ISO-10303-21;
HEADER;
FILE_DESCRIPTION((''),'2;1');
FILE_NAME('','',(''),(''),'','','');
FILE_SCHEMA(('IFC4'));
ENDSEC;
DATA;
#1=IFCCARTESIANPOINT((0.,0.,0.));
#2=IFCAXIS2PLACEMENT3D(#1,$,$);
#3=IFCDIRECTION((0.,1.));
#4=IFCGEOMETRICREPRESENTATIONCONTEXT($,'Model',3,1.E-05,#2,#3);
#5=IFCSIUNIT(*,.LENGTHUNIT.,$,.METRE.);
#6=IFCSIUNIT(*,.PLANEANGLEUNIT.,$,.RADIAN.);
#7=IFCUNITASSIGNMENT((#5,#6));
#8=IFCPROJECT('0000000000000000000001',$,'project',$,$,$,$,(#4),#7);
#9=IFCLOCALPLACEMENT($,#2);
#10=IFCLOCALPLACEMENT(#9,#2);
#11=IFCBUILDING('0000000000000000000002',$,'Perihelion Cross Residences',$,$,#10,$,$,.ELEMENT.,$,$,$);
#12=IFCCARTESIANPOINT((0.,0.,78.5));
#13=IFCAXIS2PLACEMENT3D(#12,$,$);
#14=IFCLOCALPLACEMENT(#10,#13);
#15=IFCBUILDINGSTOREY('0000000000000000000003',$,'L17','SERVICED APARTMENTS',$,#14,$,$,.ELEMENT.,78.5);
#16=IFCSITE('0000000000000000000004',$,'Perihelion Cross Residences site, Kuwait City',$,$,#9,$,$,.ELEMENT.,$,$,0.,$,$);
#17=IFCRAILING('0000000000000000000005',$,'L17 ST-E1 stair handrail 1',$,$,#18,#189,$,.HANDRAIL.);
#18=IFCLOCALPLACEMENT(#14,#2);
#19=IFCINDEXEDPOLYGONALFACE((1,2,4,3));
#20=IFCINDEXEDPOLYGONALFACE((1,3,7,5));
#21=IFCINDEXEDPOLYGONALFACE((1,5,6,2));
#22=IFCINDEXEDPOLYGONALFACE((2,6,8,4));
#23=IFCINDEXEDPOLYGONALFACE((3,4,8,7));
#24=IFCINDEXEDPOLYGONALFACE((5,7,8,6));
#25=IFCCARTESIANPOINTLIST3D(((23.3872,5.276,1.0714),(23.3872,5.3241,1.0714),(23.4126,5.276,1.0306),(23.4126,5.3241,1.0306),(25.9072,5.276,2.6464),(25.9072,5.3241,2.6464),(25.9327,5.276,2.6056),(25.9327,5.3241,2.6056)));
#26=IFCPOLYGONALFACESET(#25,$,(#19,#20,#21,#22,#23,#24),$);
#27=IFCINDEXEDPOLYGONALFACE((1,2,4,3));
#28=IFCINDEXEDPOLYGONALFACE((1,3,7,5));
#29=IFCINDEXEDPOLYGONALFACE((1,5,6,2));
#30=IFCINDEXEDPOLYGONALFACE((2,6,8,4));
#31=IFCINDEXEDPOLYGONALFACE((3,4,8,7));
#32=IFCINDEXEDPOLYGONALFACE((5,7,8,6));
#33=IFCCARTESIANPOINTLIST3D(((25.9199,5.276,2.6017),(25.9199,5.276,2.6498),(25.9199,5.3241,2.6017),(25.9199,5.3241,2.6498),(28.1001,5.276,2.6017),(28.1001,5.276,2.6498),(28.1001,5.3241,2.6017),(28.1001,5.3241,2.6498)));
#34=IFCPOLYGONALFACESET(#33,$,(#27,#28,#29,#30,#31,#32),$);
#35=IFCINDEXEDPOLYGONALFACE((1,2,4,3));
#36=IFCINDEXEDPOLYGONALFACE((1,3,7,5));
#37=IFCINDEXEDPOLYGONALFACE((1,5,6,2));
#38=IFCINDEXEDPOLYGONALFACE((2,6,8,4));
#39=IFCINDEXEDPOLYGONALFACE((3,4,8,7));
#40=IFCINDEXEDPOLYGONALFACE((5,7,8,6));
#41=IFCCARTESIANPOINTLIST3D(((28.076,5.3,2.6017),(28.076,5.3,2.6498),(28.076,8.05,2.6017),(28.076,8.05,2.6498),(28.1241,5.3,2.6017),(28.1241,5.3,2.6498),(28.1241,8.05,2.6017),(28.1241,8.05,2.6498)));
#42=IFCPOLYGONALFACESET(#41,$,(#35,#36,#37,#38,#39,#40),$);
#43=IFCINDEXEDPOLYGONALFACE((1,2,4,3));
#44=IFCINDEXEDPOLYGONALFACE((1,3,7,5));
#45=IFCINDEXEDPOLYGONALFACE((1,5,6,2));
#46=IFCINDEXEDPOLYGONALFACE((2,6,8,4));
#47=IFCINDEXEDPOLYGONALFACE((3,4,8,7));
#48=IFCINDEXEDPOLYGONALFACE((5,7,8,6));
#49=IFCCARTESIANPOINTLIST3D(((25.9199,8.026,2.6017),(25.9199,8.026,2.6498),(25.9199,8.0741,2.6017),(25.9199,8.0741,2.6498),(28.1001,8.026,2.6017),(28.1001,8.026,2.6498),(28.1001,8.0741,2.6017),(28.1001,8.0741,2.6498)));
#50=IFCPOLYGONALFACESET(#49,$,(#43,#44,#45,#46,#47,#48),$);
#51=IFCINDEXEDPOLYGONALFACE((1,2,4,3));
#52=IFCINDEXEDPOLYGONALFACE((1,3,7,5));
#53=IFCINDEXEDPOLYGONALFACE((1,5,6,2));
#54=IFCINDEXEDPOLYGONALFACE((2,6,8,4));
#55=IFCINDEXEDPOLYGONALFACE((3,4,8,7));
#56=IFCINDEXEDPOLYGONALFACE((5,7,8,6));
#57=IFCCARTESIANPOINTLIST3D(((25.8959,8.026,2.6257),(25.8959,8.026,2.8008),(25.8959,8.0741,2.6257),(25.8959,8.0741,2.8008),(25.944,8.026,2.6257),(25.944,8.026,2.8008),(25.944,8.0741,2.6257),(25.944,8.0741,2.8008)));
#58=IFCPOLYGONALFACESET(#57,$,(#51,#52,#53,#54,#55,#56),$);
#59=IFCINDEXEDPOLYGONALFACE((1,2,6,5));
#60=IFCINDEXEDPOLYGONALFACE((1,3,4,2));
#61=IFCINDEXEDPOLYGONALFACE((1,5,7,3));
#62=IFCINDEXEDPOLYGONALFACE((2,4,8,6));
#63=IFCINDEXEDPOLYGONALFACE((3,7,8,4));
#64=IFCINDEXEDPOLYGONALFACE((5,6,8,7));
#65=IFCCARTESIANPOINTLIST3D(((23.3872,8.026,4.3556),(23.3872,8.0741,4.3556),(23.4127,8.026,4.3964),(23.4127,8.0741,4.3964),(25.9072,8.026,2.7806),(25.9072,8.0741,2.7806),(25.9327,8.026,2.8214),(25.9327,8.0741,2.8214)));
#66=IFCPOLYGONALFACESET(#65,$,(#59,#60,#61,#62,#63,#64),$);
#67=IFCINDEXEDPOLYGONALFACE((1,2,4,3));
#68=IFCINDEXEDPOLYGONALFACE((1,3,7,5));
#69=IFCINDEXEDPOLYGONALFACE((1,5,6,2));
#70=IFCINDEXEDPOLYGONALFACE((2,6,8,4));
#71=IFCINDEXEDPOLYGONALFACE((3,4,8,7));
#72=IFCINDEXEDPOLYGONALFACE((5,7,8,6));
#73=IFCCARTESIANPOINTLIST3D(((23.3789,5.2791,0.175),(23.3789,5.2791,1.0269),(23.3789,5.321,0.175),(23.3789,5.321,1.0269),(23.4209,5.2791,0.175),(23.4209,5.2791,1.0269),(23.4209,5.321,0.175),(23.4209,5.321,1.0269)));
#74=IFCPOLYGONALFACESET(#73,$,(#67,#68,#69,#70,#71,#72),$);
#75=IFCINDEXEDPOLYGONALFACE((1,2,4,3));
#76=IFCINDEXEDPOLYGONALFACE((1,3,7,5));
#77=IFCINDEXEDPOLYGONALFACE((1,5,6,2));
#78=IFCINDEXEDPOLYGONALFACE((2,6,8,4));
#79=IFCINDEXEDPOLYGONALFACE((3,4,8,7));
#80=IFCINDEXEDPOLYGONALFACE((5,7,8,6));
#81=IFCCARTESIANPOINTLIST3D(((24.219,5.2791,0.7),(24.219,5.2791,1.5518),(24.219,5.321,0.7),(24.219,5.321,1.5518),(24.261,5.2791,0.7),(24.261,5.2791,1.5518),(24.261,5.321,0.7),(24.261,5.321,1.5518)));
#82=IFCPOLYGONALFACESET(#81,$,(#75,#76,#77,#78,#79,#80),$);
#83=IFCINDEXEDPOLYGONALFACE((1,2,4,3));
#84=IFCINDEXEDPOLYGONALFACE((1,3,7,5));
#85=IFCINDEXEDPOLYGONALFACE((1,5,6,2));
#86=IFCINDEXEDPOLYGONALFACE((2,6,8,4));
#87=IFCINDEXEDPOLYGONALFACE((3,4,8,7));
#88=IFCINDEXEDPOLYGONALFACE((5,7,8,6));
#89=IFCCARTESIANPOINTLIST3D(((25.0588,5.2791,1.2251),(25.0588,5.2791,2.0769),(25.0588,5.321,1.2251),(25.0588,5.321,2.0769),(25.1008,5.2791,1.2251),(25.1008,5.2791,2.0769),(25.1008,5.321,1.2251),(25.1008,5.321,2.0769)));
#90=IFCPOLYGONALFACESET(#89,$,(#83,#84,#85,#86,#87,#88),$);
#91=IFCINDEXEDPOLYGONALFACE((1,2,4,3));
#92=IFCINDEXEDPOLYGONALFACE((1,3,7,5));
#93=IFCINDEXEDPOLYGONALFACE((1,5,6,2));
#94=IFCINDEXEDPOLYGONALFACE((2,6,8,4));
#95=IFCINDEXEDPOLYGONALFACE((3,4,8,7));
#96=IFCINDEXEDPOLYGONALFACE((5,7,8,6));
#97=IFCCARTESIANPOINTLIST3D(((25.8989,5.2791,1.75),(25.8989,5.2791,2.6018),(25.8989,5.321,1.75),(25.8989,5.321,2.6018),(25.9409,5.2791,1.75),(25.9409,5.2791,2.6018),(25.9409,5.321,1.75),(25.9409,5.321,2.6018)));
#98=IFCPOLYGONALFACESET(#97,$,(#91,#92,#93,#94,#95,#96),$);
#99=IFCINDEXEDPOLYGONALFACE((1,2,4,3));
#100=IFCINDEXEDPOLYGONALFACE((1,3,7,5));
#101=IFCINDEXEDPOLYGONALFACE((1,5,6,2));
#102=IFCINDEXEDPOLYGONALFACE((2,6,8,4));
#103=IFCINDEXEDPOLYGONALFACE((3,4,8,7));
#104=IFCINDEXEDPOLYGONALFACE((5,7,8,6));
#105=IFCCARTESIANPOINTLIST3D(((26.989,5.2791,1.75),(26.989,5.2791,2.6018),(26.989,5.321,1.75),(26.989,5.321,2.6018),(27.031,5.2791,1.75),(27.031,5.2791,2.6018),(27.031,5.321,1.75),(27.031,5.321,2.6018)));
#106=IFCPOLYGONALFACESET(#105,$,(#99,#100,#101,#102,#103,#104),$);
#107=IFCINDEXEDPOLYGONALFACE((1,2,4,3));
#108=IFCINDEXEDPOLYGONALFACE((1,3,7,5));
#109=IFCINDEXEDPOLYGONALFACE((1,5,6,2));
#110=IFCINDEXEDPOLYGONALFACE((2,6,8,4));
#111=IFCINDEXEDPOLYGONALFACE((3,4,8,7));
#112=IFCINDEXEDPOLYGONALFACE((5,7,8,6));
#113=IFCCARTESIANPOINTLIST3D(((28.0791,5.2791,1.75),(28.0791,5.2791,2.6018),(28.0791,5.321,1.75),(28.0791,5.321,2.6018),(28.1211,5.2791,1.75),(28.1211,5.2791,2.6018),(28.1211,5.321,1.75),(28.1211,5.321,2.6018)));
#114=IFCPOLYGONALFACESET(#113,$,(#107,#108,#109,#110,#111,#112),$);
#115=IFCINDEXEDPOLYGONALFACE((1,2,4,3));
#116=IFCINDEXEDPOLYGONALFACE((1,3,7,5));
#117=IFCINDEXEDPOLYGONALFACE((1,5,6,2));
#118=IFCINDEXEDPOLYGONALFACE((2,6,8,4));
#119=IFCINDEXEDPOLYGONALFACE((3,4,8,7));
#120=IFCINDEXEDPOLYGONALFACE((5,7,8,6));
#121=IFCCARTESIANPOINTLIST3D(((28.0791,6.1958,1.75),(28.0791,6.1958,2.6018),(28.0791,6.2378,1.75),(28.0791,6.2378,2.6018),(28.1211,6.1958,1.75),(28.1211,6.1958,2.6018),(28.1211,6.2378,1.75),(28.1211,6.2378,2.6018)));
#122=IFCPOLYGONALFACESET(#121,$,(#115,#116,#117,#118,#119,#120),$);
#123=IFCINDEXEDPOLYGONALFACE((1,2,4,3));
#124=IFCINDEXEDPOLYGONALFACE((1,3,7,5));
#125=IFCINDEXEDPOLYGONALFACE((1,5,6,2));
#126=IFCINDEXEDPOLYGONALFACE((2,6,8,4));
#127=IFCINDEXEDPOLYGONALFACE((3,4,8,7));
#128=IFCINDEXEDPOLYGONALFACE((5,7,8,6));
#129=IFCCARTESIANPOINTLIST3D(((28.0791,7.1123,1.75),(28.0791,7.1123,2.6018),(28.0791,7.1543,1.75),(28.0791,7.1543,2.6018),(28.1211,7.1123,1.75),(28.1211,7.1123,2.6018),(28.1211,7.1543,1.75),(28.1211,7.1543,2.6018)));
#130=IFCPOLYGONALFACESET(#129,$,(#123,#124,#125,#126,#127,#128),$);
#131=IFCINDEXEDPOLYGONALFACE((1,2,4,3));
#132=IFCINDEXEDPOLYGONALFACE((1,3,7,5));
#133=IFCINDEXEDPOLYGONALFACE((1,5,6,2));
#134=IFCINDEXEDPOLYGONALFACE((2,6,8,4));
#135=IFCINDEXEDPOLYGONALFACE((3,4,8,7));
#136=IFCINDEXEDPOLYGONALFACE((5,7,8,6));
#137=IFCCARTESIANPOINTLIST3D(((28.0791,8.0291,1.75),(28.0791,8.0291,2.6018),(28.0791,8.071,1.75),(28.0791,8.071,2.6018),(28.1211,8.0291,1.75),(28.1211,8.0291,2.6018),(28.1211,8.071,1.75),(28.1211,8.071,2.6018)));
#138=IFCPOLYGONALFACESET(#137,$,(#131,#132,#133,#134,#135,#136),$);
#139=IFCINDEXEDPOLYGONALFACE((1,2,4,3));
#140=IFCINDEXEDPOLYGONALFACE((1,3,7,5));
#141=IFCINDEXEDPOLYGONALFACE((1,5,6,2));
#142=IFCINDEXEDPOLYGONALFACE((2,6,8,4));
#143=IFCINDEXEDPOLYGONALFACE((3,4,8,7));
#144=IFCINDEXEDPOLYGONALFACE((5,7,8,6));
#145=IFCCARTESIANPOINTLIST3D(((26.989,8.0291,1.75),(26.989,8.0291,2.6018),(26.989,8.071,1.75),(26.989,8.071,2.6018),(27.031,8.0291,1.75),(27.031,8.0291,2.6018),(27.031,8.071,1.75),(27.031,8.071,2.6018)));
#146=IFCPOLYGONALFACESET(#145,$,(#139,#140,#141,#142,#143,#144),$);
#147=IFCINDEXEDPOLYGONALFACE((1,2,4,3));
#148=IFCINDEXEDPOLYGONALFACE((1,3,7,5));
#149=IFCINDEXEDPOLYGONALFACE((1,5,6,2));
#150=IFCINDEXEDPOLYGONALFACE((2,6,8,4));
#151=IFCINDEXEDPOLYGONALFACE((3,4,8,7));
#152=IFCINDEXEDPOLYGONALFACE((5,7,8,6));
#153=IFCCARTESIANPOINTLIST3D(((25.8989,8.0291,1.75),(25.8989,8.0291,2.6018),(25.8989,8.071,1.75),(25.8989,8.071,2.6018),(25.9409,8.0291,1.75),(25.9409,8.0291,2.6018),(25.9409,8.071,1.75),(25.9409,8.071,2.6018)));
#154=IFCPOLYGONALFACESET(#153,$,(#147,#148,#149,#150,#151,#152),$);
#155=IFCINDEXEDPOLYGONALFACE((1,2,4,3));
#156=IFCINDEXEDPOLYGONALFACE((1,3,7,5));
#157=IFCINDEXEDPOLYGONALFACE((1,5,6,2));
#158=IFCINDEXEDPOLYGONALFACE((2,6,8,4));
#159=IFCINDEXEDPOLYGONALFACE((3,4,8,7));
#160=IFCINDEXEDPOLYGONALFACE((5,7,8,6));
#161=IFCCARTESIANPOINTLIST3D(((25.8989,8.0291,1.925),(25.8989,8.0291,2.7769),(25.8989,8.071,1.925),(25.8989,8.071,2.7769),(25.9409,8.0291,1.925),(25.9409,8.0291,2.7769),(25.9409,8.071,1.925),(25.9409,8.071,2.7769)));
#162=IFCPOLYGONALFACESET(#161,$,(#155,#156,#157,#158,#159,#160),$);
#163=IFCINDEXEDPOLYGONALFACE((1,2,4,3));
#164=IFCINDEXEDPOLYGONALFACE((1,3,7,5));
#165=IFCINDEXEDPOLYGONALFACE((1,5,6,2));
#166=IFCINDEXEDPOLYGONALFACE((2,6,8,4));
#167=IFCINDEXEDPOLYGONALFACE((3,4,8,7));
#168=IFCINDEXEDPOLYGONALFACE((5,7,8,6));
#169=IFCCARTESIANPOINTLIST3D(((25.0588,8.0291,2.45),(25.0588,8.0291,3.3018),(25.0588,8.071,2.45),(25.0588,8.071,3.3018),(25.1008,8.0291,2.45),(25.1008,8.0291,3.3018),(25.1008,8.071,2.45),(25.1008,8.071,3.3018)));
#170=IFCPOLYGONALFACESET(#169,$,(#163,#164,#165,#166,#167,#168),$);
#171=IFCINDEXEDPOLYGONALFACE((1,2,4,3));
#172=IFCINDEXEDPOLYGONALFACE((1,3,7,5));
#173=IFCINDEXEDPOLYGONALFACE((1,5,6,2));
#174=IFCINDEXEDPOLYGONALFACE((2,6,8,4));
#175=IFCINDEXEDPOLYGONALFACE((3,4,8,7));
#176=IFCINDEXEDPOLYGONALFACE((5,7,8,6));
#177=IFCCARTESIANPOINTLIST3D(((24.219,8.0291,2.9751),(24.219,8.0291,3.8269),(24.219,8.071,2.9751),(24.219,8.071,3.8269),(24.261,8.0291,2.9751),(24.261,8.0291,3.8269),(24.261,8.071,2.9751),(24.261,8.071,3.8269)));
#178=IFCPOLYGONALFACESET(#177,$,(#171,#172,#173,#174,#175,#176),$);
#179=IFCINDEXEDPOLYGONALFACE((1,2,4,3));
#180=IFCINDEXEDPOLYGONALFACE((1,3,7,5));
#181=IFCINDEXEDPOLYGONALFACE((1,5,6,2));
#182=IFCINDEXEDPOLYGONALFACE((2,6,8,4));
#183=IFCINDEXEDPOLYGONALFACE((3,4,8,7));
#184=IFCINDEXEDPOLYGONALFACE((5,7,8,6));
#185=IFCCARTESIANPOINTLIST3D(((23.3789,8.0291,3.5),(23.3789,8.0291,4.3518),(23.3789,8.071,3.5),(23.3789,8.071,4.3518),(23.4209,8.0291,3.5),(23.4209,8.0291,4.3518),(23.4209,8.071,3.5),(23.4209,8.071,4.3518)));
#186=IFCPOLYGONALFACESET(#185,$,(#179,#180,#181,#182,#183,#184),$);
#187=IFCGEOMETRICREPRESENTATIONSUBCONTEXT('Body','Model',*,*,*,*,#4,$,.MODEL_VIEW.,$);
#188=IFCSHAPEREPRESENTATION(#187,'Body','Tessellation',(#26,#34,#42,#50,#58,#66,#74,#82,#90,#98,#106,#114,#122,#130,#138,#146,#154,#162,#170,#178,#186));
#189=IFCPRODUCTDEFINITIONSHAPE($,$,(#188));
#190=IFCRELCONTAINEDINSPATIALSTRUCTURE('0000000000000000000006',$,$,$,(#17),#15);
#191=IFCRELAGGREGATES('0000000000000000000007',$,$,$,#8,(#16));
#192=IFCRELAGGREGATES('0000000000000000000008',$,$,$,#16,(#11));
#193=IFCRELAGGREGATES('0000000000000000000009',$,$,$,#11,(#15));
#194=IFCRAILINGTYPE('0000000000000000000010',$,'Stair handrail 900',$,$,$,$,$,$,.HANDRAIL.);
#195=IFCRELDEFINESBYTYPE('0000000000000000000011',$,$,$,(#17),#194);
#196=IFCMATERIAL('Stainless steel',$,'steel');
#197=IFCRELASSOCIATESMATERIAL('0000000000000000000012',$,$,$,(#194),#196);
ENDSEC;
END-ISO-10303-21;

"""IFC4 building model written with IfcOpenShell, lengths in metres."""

from ifc_helpers import new_model, si_unit, direction, frame, origin, origin_2d, place, context, subcontext, project, spatial, rectangle, extrude, material, type_object, element, save


model = new_model("IFC4")

# Units and contexts
model_context = context("Model", 3, precision=1e-05, world=origin(), true_north=direction((0.0, 1.0)))
body_context = subcontext(model_context, "Body", "Model", "MODEL_VIEW")
ifc_project = project(units=[si_unit("LENGTHUNIT", "METRE"), si_unit("PLANEANGLEUNIT", "RADIAN")], contexts=[model_context])

# Site, building, storey
site_placement = place(None, origin())
site = spatial("IfcSite", under=ifc_project, at=site_placement, Name="Perihelion Cross Residences site, Kuwait City", CompositionType="ELEMENT", RefElevation=0.0)
building_placement = place(site_placement, origin())
building = spatial("IfcBuilding", under=site, at=building_placement, Name="Perihelion Cross Residences", CompositionType="ELEMENT")
storey_placement = place(building_placement, frame((0.0, 0.0, 78.5)))
storey = spatial("IfcBuildingStorey", under=building, at=storey_placement, Name="L17", Description="SERVICED APARTMENTS", CompositionType="ELEMENT", Elevation=78.5)

# Railing
ifc_material_1 = material(Name="Stainless steel", Category="steel")
railing_type = type_object("IfcRailingType", Name="Stair handrail 900", PredefinedType="HANDRAIL", material=ifc_material_1)
railing_placement = place(storey_placement, frame((23.3999, 5.3, 0.175)))
element("IfcRailing", 1, at=railing_placement, inside=storey, type_object=railing_type, Name="L17 ST-E1 stair handrail 1", PredefinedType="HANDRAIL", context=body_context, shape_type="SweptSolid", body=[
    extrude(rectangle(XDim=0.0481, YDim=0.0481, at=origin_2d()), frame((0.0, 0.0, 0.876), z_axis=(0.848008, 0.0, 0.529984), x_axis=(0.0, 1.0, 0.0)), (0.0, 0.0, 1.0), 2.9717),
    extrude(rectangle(XDim=0.0481, YDim=0.0481, at=origin_2d()), frame((2.52, 0.0, 2.4507), z_axis=(1.0, 0.0, 0.0), x_axis=(0.0, 1.0, 0.0)), (0.0, 0.0, 1.0), 2.1802),
    extrude(rectangle(XDim=0.0481, YDim=0.0481, at=origin_2d()), frame((4.7002, 0.0, 2.4507), z_axis=(0.0, 1.0, 0.0), x_axis=(-1.0, 0.0, 0.0)), (0.0, 0.0, 1.0), 2.75),
    extrude(rectangle(XDim=0.0481, YDim=0.0481, at=origin_2d()), frame((4.7002, 2.75, 2.4507), z_axis=(-1.0, 0.0, 0.0), x_axis=(0.0, -1.0, 0.0)), (0.0, 0.0, 1.0), 2.1802),
    extrude(rectangle(XDim=0.0481, YDim=0.0481, at=origin_2d()), frame((2.52, 2.75, 2.4507), z_axis=(0.0, 0.0, 1.0), x_axis=(1.0, 0.0, 0.0)), (0.0, 0.0, 1.0), 0.175),
    extrude(rectangle(XDim=0.0481, YDim=0.0481, at=origin_2d()), frame((2.52, 2.75, 2.626), z_axis=(-0.848008, 0.0, 0.529984), x_axis=(0.0, -1.0, 0.0)), (0.0, 0.0, 1.0), 2.9717),
    extrude(rectangle(XDim=0.042, YDim=0.042, at=origin_2d()), origin(), (0.0, 0.0, 1.0), 0.8518),
    extrude(rectangle(XDim=0.042, YDim=0.042, at=origin_2d()), frame((0.8401, 0.0, 0.5249)), (0.0, 0.0, 1.0), 0.8518),
    extrude(rectangle(XDim=0.042, YDim=0.042, at=origin_2d()), frame((1.6799, 0.0, 1.05)), (0.0, 0.0, 1.0), 0.8518),
    extrude(rectangle(XDim=0.042, YDim=0.042, at=origin_2d()), frame((2.52, 0.0, 1.575)), (0.0, 0.0, 1.0), 0.8518),
    extrude(rectangle(XDim=0.042, YDim=0.042, at=origin_2d()), frame((3.6101, 0.0, 1.575)), (0.0, 0.0, 1.0), 0.8518),
    extrude(rectangle(XDim=0.042, YDim=0.042, at=origin_2d()), frame((4.7002, 0.0, 1.575)), (0.0, 0.0, 1.0), 0.8518),
    extrude(rectangle(XDim=0.042, YDim=0.042, at=origin_2d()), frame((4.7002, 0.9167, 1.575)), (0.0, 0.0, 1.0), 0.8518),
    extrude(rectangle(XDim=0.042, YDim=0.042, at=origin_2d()), frame((4.7002, 1.8333, 1.575)), (0.0, 0.0, 1.0), 0.8518),
    extrude(rectangle(XDim=0.042, YDim=0.042, at=origin_2d()), frame((4.7002, 2.75, 1.575)), (0.0, 0.0, 1.0), 0.8518),
    extrude(rectangle(XDim=0.042, YDim=0.042, at=origin_2d()), frame((3.6101, 2.75, 1.575)), (0.0, 0.0, 1.0), 0.8518),
    extrude(rectangle(XDim=0.042, YDim=0.042, at=origin_2d()), frame((2.52, 2.75, 1.575)), (0.0, 0.0, 1.0), 0.8518),
    extrude(rectangle(XDim=0.042, YDim=0.042, at=origin_2d()), frame((2.52, 2.75, 1.75)), (0.0, 0.0, 1.0), 0.8518),
    extrude(rectangle(XDim=0.042, YDim=0.042, at=origin_2d()), frame((1.6799, 2.75, 2.2749)), (0.0, 0.0, 1.0), 0.8518),
    extrude(rectangle(XDim=0.042, YDim=0.042, at=origin_2d()), frame((0.8401, 2.75, 2.8)), (0.0, 0.0, 1.0), 0.8518),
    extrude(rectangle(XDim=0.042, YDim=0.042, at=origin_2d()), frame((0.0, 2.75, 3.325)), (0.0, 0.0, 1.0), 0.8518),
])

save(model, "model.ifc")
